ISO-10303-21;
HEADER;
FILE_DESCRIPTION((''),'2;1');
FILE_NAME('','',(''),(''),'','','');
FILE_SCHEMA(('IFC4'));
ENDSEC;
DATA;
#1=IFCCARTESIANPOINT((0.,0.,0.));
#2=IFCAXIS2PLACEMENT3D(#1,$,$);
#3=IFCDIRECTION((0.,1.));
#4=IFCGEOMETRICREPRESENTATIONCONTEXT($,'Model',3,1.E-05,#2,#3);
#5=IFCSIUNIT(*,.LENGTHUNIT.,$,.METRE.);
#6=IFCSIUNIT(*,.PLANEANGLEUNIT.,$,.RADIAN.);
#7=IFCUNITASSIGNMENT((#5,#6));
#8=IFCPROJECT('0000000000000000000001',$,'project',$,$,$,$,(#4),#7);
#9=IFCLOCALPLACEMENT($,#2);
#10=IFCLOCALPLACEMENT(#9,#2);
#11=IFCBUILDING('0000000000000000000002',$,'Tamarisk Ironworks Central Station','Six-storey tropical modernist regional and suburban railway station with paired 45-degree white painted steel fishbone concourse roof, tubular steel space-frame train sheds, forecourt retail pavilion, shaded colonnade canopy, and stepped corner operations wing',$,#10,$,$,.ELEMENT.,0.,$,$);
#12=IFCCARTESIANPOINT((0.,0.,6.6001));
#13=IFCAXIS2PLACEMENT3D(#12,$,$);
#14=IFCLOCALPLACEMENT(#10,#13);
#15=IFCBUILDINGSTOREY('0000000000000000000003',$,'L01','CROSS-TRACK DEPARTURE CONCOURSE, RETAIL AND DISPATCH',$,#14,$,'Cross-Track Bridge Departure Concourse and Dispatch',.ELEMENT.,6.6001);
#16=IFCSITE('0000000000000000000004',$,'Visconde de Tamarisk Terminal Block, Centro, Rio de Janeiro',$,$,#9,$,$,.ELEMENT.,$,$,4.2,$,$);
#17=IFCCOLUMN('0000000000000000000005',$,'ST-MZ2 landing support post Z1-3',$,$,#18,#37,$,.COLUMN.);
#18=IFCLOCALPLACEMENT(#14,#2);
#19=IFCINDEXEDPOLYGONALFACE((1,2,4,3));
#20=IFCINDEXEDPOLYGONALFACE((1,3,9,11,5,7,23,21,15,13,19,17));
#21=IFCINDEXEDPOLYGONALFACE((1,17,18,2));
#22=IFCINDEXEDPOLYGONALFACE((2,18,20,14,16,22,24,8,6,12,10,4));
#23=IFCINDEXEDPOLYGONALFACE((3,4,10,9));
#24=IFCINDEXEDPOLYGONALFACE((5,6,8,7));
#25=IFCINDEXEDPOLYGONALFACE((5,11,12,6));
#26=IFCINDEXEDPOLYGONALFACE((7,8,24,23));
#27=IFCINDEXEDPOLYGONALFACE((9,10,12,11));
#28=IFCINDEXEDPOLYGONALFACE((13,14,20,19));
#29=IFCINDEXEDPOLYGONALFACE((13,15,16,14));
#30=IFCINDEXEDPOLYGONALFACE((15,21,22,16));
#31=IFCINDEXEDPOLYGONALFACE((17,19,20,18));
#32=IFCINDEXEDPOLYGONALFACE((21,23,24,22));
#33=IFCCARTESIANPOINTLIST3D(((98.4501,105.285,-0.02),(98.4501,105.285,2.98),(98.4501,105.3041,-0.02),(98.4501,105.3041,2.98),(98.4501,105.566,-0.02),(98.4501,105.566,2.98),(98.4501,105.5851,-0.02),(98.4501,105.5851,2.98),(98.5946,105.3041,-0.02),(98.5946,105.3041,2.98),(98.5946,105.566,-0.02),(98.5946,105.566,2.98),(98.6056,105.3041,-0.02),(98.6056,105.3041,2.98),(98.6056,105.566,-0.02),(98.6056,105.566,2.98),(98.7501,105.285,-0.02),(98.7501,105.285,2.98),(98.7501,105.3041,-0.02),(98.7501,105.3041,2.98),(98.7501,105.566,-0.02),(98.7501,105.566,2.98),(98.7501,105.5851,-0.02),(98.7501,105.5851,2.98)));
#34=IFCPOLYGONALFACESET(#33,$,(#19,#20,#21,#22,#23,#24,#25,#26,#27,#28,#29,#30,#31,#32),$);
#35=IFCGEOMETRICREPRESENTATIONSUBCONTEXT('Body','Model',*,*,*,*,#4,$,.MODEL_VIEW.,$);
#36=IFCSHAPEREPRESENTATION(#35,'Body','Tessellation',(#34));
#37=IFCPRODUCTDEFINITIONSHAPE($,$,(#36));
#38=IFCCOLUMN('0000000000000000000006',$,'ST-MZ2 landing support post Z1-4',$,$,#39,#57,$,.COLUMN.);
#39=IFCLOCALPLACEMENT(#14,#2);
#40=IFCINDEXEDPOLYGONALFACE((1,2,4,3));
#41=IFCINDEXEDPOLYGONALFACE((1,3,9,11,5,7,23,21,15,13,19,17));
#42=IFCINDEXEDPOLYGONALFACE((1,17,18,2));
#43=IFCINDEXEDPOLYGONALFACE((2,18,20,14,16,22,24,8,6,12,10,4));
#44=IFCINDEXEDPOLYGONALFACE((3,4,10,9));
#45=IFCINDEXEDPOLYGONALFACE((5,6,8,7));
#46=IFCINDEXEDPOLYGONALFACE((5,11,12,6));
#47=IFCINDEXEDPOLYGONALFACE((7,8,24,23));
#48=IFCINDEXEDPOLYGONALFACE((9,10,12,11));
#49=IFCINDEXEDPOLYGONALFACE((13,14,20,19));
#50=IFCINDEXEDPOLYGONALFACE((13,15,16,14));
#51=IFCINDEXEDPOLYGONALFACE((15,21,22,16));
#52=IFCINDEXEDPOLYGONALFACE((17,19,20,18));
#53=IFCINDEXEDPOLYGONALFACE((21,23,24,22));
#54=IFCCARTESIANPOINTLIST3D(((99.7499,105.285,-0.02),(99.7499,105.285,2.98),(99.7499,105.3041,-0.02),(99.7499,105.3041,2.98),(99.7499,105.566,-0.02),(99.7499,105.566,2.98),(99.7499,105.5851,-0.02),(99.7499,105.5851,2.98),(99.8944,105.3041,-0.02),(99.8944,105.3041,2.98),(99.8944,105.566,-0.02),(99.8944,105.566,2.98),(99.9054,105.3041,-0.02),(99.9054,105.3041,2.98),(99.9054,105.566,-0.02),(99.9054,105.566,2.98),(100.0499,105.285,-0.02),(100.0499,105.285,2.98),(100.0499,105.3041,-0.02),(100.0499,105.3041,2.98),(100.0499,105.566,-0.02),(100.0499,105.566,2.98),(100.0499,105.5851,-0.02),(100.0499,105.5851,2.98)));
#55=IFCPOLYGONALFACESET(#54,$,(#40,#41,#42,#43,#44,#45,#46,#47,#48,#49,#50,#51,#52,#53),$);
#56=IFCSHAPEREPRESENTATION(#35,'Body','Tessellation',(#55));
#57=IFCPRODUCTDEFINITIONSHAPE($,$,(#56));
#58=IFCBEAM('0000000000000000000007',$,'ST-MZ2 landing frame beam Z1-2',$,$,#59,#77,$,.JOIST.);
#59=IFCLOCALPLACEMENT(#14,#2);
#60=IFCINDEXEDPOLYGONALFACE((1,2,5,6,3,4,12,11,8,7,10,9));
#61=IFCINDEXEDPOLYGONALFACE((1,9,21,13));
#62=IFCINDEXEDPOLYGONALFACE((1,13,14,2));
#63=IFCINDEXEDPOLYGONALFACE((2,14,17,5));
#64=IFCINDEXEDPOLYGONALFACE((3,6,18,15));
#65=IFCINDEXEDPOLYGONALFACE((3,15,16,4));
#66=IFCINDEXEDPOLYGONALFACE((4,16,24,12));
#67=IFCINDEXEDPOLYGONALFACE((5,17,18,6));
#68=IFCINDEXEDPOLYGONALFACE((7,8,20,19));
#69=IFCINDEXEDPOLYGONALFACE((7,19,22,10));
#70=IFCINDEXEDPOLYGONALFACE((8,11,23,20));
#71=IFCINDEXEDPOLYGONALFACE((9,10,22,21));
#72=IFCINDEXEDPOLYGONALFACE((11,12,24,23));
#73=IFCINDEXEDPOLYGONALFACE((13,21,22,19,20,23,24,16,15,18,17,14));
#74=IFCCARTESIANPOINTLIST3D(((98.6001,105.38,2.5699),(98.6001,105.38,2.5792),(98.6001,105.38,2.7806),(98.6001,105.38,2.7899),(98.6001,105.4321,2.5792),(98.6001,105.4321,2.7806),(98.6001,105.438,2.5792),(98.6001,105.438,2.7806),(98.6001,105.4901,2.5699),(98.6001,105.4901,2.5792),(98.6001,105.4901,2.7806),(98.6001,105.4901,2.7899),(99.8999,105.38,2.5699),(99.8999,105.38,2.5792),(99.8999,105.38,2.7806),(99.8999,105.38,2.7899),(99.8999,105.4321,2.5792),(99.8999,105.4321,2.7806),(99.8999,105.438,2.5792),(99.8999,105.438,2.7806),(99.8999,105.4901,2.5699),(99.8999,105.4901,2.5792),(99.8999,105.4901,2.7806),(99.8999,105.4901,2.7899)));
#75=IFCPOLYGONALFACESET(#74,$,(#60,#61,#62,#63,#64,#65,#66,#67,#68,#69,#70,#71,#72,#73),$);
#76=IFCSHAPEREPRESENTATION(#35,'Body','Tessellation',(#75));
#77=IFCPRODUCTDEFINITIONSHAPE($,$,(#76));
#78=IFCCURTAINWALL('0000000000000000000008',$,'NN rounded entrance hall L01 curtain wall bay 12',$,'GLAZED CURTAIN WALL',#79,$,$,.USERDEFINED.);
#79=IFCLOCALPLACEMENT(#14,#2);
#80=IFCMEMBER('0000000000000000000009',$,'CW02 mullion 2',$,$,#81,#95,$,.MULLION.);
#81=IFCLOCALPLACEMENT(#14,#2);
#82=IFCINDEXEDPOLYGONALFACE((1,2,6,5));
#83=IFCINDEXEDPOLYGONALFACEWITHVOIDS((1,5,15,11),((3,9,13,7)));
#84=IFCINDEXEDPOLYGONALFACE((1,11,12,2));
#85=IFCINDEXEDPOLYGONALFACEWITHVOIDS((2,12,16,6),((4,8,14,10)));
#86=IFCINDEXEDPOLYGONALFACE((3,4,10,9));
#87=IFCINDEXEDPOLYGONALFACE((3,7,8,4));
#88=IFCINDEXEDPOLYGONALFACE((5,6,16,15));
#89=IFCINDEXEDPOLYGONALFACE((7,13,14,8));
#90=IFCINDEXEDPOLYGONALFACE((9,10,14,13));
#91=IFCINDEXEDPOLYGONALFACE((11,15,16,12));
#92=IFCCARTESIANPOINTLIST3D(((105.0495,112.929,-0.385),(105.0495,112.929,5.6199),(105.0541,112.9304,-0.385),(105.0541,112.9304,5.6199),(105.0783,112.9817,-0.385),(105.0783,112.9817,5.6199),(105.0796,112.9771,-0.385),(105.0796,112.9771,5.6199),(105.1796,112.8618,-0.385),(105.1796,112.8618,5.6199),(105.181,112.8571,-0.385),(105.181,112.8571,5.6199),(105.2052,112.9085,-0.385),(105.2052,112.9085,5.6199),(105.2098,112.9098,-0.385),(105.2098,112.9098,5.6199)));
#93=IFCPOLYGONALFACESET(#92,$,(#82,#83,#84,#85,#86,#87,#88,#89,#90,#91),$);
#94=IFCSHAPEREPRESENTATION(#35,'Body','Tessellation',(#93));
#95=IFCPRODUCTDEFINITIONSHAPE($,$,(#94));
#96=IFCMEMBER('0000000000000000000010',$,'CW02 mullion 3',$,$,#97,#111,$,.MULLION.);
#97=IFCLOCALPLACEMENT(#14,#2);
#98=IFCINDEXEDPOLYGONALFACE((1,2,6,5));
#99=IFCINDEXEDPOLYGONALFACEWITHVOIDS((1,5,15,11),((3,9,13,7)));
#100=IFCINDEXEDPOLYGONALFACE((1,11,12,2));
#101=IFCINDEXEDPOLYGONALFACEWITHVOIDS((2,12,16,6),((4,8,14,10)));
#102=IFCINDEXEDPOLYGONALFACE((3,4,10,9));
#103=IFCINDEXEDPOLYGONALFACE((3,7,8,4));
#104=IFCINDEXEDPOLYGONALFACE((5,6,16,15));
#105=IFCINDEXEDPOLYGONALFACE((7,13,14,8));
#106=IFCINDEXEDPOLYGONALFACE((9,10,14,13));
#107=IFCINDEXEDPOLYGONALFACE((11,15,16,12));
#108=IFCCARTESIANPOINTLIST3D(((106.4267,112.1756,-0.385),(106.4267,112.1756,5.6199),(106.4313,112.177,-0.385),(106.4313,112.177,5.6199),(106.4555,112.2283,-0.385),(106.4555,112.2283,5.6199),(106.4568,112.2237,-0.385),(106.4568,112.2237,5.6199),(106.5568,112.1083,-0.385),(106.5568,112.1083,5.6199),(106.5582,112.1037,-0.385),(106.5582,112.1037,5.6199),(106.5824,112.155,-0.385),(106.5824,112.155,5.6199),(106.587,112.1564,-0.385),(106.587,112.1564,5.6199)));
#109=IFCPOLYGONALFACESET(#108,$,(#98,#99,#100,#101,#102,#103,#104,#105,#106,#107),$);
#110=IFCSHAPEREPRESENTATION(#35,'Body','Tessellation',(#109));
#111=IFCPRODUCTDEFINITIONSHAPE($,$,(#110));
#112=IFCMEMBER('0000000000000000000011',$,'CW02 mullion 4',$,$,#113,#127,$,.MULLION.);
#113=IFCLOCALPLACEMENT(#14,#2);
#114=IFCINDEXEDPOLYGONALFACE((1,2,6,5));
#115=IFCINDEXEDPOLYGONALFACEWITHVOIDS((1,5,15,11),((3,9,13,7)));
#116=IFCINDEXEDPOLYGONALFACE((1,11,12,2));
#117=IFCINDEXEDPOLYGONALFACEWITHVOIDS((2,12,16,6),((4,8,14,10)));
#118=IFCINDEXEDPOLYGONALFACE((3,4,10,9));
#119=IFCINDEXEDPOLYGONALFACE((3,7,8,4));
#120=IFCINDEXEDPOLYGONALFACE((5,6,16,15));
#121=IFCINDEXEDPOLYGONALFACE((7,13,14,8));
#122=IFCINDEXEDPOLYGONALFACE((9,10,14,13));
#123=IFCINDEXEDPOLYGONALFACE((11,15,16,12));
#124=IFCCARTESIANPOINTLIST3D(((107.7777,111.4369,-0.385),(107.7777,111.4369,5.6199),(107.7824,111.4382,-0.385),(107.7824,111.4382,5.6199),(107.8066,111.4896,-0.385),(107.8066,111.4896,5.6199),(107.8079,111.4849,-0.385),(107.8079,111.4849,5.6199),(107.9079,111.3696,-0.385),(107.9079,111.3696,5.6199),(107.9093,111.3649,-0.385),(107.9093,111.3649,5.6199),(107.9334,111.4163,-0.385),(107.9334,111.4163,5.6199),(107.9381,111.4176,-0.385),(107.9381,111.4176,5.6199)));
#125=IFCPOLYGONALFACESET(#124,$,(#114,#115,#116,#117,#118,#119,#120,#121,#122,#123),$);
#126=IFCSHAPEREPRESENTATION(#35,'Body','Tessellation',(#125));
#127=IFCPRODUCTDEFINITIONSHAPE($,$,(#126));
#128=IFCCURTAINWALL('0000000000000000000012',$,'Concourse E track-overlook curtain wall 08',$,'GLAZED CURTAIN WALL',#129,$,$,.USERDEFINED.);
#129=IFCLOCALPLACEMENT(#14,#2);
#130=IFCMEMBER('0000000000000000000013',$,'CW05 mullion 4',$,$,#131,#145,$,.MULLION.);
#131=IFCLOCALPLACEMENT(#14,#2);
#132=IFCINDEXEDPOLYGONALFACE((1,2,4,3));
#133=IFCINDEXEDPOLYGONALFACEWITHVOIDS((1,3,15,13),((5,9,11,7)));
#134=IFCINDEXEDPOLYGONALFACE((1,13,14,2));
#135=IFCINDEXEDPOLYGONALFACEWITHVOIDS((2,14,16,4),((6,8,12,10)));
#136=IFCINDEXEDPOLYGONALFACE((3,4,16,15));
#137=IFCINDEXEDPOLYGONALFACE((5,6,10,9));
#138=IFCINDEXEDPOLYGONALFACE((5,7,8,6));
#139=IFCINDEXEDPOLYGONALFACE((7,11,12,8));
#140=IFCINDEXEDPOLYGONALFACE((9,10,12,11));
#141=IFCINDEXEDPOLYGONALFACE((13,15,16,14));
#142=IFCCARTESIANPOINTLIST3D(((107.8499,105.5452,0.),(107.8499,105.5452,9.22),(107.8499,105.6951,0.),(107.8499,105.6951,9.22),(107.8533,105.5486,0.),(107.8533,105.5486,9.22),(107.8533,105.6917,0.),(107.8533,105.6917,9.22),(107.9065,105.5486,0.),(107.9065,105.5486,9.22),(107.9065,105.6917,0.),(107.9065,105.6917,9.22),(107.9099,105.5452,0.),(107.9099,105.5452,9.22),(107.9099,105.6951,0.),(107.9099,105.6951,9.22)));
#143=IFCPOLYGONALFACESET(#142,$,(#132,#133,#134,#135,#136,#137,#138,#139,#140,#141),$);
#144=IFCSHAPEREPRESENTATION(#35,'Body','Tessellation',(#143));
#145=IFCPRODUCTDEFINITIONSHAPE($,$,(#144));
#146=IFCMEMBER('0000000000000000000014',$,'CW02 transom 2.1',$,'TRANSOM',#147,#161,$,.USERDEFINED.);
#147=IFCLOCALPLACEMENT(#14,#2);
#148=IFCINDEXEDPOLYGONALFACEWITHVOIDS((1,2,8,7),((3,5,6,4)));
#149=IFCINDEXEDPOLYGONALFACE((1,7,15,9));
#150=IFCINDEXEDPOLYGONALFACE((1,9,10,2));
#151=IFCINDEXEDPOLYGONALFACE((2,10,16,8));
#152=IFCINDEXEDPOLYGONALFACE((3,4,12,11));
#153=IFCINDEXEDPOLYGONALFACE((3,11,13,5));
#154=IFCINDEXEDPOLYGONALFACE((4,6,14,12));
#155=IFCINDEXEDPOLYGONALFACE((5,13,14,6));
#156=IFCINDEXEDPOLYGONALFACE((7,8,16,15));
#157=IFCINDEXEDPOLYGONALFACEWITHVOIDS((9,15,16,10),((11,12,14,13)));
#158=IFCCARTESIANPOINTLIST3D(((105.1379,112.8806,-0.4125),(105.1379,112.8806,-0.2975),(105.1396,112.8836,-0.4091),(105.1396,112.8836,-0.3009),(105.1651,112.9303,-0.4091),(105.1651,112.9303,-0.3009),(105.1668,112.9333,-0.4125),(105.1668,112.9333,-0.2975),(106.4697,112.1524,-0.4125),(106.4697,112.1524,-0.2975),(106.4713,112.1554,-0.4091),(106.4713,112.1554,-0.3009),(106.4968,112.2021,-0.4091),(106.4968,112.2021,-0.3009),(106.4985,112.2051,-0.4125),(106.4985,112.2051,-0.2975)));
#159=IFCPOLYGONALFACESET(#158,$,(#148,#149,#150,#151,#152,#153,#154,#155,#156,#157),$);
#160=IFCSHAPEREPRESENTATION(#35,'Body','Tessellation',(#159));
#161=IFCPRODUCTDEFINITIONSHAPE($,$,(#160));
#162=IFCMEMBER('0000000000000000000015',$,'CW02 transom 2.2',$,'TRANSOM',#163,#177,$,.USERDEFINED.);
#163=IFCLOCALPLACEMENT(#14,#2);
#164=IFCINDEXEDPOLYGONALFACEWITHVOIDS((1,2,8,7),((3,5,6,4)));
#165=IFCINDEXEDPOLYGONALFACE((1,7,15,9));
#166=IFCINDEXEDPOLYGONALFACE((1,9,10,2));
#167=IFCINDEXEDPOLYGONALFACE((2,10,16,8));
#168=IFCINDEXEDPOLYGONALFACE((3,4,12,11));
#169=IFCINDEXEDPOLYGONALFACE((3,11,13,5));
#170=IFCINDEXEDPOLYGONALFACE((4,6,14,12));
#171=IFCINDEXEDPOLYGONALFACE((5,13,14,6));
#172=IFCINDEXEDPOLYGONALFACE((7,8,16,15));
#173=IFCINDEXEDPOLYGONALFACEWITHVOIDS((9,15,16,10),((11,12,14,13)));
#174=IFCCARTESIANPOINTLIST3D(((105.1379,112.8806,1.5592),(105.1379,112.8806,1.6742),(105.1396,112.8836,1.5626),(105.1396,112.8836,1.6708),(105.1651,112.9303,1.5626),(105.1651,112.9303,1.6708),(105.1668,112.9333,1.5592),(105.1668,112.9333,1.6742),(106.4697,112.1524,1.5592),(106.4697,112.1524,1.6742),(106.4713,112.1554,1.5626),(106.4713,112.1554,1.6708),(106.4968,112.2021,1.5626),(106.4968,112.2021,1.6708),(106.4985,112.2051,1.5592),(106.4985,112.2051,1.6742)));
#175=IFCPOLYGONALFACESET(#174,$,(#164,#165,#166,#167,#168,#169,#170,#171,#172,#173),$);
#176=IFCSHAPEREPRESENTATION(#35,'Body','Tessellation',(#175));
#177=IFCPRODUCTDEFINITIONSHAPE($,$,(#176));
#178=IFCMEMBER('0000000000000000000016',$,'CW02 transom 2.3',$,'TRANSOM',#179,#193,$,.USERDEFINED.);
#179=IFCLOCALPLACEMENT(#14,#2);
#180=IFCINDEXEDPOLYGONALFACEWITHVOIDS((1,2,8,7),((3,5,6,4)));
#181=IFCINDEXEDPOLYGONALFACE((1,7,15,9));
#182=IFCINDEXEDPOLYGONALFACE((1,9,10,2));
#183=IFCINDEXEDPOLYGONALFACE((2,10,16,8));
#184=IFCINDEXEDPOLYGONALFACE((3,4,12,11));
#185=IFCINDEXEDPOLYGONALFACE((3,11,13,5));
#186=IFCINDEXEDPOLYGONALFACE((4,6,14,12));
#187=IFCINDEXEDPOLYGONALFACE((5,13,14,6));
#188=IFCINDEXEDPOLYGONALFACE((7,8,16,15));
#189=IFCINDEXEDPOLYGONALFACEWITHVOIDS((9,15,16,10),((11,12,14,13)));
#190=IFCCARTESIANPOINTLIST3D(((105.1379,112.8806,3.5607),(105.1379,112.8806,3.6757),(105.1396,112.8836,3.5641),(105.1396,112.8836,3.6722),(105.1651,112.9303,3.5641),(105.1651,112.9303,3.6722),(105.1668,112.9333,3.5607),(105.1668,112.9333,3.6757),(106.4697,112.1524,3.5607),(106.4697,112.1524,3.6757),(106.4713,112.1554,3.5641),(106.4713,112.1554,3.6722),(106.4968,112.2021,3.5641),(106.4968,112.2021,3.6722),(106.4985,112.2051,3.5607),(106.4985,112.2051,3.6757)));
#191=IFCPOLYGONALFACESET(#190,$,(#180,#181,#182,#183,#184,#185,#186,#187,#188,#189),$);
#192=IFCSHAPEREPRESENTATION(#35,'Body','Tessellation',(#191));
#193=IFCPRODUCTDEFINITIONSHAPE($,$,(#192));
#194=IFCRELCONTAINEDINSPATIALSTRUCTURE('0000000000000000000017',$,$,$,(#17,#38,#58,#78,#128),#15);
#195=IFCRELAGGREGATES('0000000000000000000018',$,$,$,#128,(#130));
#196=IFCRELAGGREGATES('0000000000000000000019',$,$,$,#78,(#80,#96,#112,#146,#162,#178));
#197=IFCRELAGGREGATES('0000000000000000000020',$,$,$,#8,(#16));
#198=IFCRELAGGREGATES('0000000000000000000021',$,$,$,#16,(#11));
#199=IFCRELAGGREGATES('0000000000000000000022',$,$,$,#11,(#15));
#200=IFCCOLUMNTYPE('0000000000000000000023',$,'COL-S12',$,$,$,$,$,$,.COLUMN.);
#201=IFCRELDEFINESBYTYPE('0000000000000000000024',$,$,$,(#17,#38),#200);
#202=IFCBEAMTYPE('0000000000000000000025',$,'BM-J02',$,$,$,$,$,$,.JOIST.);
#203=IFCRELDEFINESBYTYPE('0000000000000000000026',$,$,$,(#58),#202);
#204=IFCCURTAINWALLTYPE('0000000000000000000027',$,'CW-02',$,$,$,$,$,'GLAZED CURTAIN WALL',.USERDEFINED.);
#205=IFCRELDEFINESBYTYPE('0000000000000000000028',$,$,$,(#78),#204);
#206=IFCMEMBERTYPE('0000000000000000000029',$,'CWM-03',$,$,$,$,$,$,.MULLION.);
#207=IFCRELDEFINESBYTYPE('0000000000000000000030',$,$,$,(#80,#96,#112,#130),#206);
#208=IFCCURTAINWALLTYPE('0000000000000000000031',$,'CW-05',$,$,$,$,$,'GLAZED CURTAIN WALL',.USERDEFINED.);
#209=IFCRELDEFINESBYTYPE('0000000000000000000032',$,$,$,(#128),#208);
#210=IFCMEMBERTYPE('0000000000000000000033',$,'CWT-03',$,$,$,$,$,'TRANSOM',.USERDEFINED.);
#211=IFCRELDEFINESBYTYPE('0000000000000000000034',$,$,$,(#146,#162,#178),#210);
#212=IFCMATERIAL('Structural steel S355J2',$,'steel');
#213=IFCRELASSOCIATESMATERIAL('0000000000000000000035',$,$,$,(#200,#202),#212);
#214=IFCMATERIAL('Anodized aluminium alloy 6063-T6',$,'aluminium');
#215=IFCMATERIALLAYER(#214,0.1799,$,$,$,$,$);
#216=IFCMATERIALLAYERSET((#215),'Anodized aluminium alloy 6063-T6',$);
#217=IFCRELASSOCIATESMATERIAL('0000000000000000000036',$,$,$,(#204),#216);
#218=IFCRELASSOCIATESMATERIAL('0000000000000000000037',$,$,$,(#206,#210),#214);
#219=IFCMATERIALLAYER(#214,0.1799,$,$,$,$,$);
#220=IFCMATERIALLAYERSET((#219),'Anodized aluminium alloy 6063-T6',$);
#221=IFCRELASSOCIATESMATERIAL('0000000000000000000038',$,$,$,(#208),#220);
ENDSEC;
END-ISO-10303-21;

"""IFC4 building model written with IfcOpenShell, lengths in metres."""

from ifc_helpers import new_model, si_unit, direction, frame, origin, origin_2d, place, context, subcontext, project, spatial, hollow_rectangle, i_section, extrude, material, layer, layer_set, material_profile, profile_set, type_object, element, aggregate, save


model = new_model("IFC4")

# Units and contexts
model_context = context("Model", 3, precision=1e-05, world=origin(), true_north=direction((0.0, 1.0)))
body_context = subcontext(model_context, "Body", "Model", "MODEL_VIEW")
ifc_project = project(units=[si_unit("LENGTHUNIT", "METRE"), si_unit("PLANEANGLEUNIT", "RADIAN")], contexts=[model_context])

# Site, building, storey
site_placement = place(None, origin())
site = spatial("IfcSite", under=ifc_project, at=site_placement, Name="Visconde de Tamarisk Terminal Block, Centro, Rio de Janeiro", CompositionType="ELEMENT", RefElevation=4.2)
building_placement = place(site_placement, origin())
building = spatial("IfcBuilding", under=site, at=building_placement, Name="Tamarisk Ironworks Central Station", Description="Six-storey tropical modernist regional and suburban railway station with paired 45-degree white painted steel fishbone concourse roof, tubular steel space-frame train sheds, forecourt retail pavilion, shaded colonnade canopy, and stepped corner operations wing", CompositionType="ELEMENT", ElevationOfRefHeight=0.0)
storey_placement = place(building_placement, frame((0.0, 0.0, 6.6001)))
storey = spatial("IfcBuildingStorey", under=building, at=storey_placement, Name="L01", Description="CROSS-TRACK DEPARTURE CONCOURSE, RETAIL AND DISPATCH", LongName="Cross-Track Bridge Departure Concourse and Dispatch", CompositionType="ELEMENT", Elevation=6.6001)

# Columns
ifc_material_1 = material(Name="Structural steel S355J2", Category="steel")
ifc_material_profile_1 = material_profile(ifc_material_1, i_section(OverallWidth=0.3, OverallDepth=0.3, WebThickness=0.011, FlangeThickness=0.019, at=origin_2d()), Name="HEB 300")
ifc_profile_set_1 = profile_set([ifc_material_profile_1], Name="Structural steel S355J2")
column_type = type_object("IfcColumnType", Name="COL-S12", PredefinedType="COLUMN", material=ifc_profile_set_1)
for number, where, z_axis, x_axis, name in (
    (1, (98.6001, 105.4351, -0.02), (0.0, 0.0, 1.0), (1.0, 0.0, 0.0), "ST-MZ2 landing support post Z1-3"),
    (2, (99.8999, 105.4351, -0.02), (0.0, 0.0, 1.0), (1.0, 0.0, 0.0), "ST-MZ2 landing support post Z1-4"),
):
    element("IfcColumn", number, at=place(storey_placement, frame(where, z_axis=z_axis, x_axis=x_axis)), inside=storey, type_object=column_type, Name=name, PredefinedType="COLUMN", context=body_context, shape_type="SweptSolid", body=[
        extrude(i_section(OverallWidth=0.3, OverallDepth=0.3, WebThickness=0.011, FlangeThickness=0.019, at=origin_2d()), origin(), (0.0, 0.0, 1.0), 3.0),
    ])

# Beam
ifc_material_profile_2 = material_profile(ifc_material_1, i_section(OverallWidth=0.1101, OverallDepth=0.22, WebThickness=0.0059, FlangeThickness=0.0093, at=origin_2d()), Name="IPE 220")
ifc_profile_set_2 = profile_set([ifc_material_profile_2], Name="Structural steel S355J2")
beam_type = type_object("IfcBeamType", Name="BM-J02", PredefinedType="JOIST", material=ifc_profile_set_2)
beam_placement = place(storey_placement, frame((98.6001, 105.4351, 2.6799), z_axis=(1.0, 0.0, 0.0), x_axis=(0.0, 1.0, 0.0)))
element("IfcBeam", 3, at=beam_placement, inside=storey, type_object=beam_type, Name="ST-MZ2 landing frame beam Z1-2", PredefinedType="JOIST", context=body_context, shape_type="SweptSolid", body=[
    extrude(i_section(OverallWidth=0.1101, OverallDepth=0.22, WebThickness=0.0059, FlangeThickness=0.0093, at=origin_2d()), origin(), (0.0, 0.0, 1.0), 1.2998),
])

# Curtain wall, members
ifc_material_2 = material(Name="Anodized aluminium alloy 6063-T6", Category="aluminium")
ifc_layer_1 = layer(ifc_material_2, 0.1799)
ifc_layer_set_1 = layer_set([ifc_layer_1], Name="Anodized aluminium alloy 6063-T6")
curtain_wall_type_1 = type_object("IfcCurtainWallType", Name="CW-02", ElementType="GLAZED CURTAIN WALL", PredefinedType="USERDEFINED", material=ifc_layer_set_1)
curtain_wall_1_placement = place(storey_placement, origin())
curtain_wall_1 = element("IfcCurtainWall", 4, at=curtain_wall_1_placement, inside=storey, type_object=curtain_wall_type_1, Name="NN rounded entrance hall L01 curtain wall bay 12", ObjectType="GLAZED CURTAIN WALL", PredefinedType="USERDEFINED")
ifc_material_profile_3 = material_profile(ifc_material_2, hollow_rectangle(XDim=0.0601, YDim=0.1499, WallThickness=0.0034, at=origin_2d()), Name="ALUM 150x60")
ifc_profile_set_3 = profile_set([ifc_material_profile_3], Name="Anodized aluminium alloy 6063-T6")
member_type_1 = type_object("IfcMemberType", Name="CWM-03", PredefinedType="MULLION", material=ifc_profile_set_3)
member_1_placement = place(storey_placement, frame((105.1296, 112.9194, -0.385), z_axis=(0.0, 0.0, 1.0), x_axis=(0.479805, 0.877375, 0.0)))
member_1 = element("IfcMember", 5, at=member_1_placement, type_object=member_type_1, Name="CW02 mullion 2", PredefinedType="MULLION", context=body_context, shape_type="SweptSolid", body=[
    extrude(hollow_rectangle(XDim=0.0601, YDim=0.1499, WallThickness=0.0034, at=origin_2d()), origin(), (0.0, 0.0, 1.0), 6.0049),
])
member_2_placement = place(storey_placement, frame((106.5068, 112.166, -0.385), z_axis=(0.0, 0.0, 1.0), x_axis=(0.479805, 0.877375, 0.0)))
member_2 = element("IfcMember", 6, at=member_2_placement, type_object=member_type_1, Name="CW02 mullion 3", PredefinedType="MULLION", context=body_context, shape_type="SweptSolid", body=[
    extrude(hollow_rectangle(XDim=0.0601, YDim=0.1499, WallThickness=0.0034, at=origin_2d()), origin(), (0.0, 0.0, 1.0), 6.0049),
])
member_3_placement = place(storey_placement, frame((107.8579, 111.4272, -0.385), z_axis=(0.0, 0.0, 1.0), x_axis=(0.479805, 0.877375, 0.0)))
member_3 = element("IfcMember", 7, at=member_3_placement, type_object=member_type_1, Name="CW02 mullion 4", PredefinedType="MULLION", context=body_context, shape_type="SweptSolid", body=[
    extrude(hollow_rectangle(XDim=0.0601, YDim=0.1499, WallThickness=0.0034, at=origin_2d()), origin(), (0.0, 0.0, 1.0), 6.0049),
])

# Curtain wall, member
ifc_layer_2 = layer(ifc_material_2, 0.1799)
ifc_layer_set_2 = layer_set([ifc_layer_2], Name="Anodized aluminium alloy 6063-T6")
curtain_wall_type_2 = type_object("IfcCurtainWallType", Name="CW-05", ElementType="GLAZED CURTAIN WALL", PredefinedType="USERDEFINED", material=ifc_layer_set_2)
curtain_wall_2_placement = place(storey_placement, origin())
curtain_wall_2 = element("IfcCurtainWall", 8, at=curtain_wall_2_placement, inside=storey, type_object=curtain_wall_type_2, Name="Concourse E track-overlook curtain wall 08", ObjectType="GLAZED CURTAIN WALL", PredefinedType="USERDEFINED")
member_4_placement = place(storey_placement, frame((107.8799, 105.6201, 0.0), z_axis=(0.0, 0.0, 1.0), x_axis=(-1.0, 0.0, 0.0)))
member_4 = element("IfcMember", 9, at=member_4_placement, type_object=member_type_1, Name="CW05 mullion 4", PredefinedType="MULLION", context=body_context, shape_type="SweptSolid", body=[
    extrude(hollow_rectangle(XDim=0.0601, YDim=0.1499, WallThickness=0.0034, at=origin_2d()), origin(), (0.0, 0.0, 1.0), 9.22),
])
aggregate(curtain_wall_2, [member_4])

# Members
ifc_material_profile_4 = material_profile(ifc_material_2, hollow_rectangle(XDim=0.0601, YDim=0.115, WallThickness=0.0034, at=origin_2d()), Name="ALUM 115x60")
ifc_profile_set_4 = profile_set([ifc_material_profile_4], Name="Anodized aluminium alloy 6063-T6")
member_type_2 = type_object("IfcMemberType", Name="CWT-03", ElementType="TRANSOM", PredefinedType="USERDEFINED", material=ifc_profile_set_4)
member_5_placement = place(storey_placement, frame((105.1523, 112.907, -0.355), z_axis=(0.877385, -0.479787, 0.0), x_axis=(0.479787, 0.877385, 0.0)))
member_5 = element("IfcMember", 10, at=member_5_placement, type_object=member_type_2, Name="CW02 transom 2.1", ObjectType="TRANSOM", PredefinedType="USERDEFINED", context=body_context, shape_type="SweptSolid", body=[
    extrude(hollow_rectangle(XDim=0.0601, YDim=0.115, WallThickness=0.0034, at=origin_2d()), origin(), (0.0, 0.0, 1.0), 1.5178),
])
member_6_placement = place(storey_placement, frame((105.1523, 112.907, 1.6167), z_axis=(0.877385, -0.479787, 0.0), x_axis=(0.479787, 0.877385, 0.0)))
member_6 = element("IfcMember", 11, at=member_6_placement, type_object=member_type_2, Name="CW02 transom 2.2", ObjectType="TRANSOM", PredefinedType="USERDEFINED", context=body_context, shape_type="SweptSolid", body=[
    extrude(hollow_rectangle(XDim=0.0601, YDim=0.115, WallThickness=0.0034, at=origin_2d()), origin(), (0.0, 0.0, 1.0), 1.5178),
])
member_7_placement = place(storey_placement, frame((105.1523, 112.907, 3.6182), z_axis=(0.877385, -0.479787, 0.0), x_axis=(0.479787, 0.877385, 0.0)))
member_7 = element("IfcMember", 12, at=member_7_placement, type_object=member_type_2, Name="CW02 transom 2.3", ObjectType="TRANSOM", PredefinedType="USERDEFINED", context=body_context, shape_type="SweptSolid", body=[
    extrude(hollow_rectangle(XDim=0.0601, YDim=0.115, WallThickness=0.0034, at=origin_2d()), origin(), (0.0, 0.0, 1.0), 1.5178),
])

aggregate(curtain_wall_1, [member_1, member_2, member_3, member_5, member_6, member_7])

save(model, "model.ifc")
